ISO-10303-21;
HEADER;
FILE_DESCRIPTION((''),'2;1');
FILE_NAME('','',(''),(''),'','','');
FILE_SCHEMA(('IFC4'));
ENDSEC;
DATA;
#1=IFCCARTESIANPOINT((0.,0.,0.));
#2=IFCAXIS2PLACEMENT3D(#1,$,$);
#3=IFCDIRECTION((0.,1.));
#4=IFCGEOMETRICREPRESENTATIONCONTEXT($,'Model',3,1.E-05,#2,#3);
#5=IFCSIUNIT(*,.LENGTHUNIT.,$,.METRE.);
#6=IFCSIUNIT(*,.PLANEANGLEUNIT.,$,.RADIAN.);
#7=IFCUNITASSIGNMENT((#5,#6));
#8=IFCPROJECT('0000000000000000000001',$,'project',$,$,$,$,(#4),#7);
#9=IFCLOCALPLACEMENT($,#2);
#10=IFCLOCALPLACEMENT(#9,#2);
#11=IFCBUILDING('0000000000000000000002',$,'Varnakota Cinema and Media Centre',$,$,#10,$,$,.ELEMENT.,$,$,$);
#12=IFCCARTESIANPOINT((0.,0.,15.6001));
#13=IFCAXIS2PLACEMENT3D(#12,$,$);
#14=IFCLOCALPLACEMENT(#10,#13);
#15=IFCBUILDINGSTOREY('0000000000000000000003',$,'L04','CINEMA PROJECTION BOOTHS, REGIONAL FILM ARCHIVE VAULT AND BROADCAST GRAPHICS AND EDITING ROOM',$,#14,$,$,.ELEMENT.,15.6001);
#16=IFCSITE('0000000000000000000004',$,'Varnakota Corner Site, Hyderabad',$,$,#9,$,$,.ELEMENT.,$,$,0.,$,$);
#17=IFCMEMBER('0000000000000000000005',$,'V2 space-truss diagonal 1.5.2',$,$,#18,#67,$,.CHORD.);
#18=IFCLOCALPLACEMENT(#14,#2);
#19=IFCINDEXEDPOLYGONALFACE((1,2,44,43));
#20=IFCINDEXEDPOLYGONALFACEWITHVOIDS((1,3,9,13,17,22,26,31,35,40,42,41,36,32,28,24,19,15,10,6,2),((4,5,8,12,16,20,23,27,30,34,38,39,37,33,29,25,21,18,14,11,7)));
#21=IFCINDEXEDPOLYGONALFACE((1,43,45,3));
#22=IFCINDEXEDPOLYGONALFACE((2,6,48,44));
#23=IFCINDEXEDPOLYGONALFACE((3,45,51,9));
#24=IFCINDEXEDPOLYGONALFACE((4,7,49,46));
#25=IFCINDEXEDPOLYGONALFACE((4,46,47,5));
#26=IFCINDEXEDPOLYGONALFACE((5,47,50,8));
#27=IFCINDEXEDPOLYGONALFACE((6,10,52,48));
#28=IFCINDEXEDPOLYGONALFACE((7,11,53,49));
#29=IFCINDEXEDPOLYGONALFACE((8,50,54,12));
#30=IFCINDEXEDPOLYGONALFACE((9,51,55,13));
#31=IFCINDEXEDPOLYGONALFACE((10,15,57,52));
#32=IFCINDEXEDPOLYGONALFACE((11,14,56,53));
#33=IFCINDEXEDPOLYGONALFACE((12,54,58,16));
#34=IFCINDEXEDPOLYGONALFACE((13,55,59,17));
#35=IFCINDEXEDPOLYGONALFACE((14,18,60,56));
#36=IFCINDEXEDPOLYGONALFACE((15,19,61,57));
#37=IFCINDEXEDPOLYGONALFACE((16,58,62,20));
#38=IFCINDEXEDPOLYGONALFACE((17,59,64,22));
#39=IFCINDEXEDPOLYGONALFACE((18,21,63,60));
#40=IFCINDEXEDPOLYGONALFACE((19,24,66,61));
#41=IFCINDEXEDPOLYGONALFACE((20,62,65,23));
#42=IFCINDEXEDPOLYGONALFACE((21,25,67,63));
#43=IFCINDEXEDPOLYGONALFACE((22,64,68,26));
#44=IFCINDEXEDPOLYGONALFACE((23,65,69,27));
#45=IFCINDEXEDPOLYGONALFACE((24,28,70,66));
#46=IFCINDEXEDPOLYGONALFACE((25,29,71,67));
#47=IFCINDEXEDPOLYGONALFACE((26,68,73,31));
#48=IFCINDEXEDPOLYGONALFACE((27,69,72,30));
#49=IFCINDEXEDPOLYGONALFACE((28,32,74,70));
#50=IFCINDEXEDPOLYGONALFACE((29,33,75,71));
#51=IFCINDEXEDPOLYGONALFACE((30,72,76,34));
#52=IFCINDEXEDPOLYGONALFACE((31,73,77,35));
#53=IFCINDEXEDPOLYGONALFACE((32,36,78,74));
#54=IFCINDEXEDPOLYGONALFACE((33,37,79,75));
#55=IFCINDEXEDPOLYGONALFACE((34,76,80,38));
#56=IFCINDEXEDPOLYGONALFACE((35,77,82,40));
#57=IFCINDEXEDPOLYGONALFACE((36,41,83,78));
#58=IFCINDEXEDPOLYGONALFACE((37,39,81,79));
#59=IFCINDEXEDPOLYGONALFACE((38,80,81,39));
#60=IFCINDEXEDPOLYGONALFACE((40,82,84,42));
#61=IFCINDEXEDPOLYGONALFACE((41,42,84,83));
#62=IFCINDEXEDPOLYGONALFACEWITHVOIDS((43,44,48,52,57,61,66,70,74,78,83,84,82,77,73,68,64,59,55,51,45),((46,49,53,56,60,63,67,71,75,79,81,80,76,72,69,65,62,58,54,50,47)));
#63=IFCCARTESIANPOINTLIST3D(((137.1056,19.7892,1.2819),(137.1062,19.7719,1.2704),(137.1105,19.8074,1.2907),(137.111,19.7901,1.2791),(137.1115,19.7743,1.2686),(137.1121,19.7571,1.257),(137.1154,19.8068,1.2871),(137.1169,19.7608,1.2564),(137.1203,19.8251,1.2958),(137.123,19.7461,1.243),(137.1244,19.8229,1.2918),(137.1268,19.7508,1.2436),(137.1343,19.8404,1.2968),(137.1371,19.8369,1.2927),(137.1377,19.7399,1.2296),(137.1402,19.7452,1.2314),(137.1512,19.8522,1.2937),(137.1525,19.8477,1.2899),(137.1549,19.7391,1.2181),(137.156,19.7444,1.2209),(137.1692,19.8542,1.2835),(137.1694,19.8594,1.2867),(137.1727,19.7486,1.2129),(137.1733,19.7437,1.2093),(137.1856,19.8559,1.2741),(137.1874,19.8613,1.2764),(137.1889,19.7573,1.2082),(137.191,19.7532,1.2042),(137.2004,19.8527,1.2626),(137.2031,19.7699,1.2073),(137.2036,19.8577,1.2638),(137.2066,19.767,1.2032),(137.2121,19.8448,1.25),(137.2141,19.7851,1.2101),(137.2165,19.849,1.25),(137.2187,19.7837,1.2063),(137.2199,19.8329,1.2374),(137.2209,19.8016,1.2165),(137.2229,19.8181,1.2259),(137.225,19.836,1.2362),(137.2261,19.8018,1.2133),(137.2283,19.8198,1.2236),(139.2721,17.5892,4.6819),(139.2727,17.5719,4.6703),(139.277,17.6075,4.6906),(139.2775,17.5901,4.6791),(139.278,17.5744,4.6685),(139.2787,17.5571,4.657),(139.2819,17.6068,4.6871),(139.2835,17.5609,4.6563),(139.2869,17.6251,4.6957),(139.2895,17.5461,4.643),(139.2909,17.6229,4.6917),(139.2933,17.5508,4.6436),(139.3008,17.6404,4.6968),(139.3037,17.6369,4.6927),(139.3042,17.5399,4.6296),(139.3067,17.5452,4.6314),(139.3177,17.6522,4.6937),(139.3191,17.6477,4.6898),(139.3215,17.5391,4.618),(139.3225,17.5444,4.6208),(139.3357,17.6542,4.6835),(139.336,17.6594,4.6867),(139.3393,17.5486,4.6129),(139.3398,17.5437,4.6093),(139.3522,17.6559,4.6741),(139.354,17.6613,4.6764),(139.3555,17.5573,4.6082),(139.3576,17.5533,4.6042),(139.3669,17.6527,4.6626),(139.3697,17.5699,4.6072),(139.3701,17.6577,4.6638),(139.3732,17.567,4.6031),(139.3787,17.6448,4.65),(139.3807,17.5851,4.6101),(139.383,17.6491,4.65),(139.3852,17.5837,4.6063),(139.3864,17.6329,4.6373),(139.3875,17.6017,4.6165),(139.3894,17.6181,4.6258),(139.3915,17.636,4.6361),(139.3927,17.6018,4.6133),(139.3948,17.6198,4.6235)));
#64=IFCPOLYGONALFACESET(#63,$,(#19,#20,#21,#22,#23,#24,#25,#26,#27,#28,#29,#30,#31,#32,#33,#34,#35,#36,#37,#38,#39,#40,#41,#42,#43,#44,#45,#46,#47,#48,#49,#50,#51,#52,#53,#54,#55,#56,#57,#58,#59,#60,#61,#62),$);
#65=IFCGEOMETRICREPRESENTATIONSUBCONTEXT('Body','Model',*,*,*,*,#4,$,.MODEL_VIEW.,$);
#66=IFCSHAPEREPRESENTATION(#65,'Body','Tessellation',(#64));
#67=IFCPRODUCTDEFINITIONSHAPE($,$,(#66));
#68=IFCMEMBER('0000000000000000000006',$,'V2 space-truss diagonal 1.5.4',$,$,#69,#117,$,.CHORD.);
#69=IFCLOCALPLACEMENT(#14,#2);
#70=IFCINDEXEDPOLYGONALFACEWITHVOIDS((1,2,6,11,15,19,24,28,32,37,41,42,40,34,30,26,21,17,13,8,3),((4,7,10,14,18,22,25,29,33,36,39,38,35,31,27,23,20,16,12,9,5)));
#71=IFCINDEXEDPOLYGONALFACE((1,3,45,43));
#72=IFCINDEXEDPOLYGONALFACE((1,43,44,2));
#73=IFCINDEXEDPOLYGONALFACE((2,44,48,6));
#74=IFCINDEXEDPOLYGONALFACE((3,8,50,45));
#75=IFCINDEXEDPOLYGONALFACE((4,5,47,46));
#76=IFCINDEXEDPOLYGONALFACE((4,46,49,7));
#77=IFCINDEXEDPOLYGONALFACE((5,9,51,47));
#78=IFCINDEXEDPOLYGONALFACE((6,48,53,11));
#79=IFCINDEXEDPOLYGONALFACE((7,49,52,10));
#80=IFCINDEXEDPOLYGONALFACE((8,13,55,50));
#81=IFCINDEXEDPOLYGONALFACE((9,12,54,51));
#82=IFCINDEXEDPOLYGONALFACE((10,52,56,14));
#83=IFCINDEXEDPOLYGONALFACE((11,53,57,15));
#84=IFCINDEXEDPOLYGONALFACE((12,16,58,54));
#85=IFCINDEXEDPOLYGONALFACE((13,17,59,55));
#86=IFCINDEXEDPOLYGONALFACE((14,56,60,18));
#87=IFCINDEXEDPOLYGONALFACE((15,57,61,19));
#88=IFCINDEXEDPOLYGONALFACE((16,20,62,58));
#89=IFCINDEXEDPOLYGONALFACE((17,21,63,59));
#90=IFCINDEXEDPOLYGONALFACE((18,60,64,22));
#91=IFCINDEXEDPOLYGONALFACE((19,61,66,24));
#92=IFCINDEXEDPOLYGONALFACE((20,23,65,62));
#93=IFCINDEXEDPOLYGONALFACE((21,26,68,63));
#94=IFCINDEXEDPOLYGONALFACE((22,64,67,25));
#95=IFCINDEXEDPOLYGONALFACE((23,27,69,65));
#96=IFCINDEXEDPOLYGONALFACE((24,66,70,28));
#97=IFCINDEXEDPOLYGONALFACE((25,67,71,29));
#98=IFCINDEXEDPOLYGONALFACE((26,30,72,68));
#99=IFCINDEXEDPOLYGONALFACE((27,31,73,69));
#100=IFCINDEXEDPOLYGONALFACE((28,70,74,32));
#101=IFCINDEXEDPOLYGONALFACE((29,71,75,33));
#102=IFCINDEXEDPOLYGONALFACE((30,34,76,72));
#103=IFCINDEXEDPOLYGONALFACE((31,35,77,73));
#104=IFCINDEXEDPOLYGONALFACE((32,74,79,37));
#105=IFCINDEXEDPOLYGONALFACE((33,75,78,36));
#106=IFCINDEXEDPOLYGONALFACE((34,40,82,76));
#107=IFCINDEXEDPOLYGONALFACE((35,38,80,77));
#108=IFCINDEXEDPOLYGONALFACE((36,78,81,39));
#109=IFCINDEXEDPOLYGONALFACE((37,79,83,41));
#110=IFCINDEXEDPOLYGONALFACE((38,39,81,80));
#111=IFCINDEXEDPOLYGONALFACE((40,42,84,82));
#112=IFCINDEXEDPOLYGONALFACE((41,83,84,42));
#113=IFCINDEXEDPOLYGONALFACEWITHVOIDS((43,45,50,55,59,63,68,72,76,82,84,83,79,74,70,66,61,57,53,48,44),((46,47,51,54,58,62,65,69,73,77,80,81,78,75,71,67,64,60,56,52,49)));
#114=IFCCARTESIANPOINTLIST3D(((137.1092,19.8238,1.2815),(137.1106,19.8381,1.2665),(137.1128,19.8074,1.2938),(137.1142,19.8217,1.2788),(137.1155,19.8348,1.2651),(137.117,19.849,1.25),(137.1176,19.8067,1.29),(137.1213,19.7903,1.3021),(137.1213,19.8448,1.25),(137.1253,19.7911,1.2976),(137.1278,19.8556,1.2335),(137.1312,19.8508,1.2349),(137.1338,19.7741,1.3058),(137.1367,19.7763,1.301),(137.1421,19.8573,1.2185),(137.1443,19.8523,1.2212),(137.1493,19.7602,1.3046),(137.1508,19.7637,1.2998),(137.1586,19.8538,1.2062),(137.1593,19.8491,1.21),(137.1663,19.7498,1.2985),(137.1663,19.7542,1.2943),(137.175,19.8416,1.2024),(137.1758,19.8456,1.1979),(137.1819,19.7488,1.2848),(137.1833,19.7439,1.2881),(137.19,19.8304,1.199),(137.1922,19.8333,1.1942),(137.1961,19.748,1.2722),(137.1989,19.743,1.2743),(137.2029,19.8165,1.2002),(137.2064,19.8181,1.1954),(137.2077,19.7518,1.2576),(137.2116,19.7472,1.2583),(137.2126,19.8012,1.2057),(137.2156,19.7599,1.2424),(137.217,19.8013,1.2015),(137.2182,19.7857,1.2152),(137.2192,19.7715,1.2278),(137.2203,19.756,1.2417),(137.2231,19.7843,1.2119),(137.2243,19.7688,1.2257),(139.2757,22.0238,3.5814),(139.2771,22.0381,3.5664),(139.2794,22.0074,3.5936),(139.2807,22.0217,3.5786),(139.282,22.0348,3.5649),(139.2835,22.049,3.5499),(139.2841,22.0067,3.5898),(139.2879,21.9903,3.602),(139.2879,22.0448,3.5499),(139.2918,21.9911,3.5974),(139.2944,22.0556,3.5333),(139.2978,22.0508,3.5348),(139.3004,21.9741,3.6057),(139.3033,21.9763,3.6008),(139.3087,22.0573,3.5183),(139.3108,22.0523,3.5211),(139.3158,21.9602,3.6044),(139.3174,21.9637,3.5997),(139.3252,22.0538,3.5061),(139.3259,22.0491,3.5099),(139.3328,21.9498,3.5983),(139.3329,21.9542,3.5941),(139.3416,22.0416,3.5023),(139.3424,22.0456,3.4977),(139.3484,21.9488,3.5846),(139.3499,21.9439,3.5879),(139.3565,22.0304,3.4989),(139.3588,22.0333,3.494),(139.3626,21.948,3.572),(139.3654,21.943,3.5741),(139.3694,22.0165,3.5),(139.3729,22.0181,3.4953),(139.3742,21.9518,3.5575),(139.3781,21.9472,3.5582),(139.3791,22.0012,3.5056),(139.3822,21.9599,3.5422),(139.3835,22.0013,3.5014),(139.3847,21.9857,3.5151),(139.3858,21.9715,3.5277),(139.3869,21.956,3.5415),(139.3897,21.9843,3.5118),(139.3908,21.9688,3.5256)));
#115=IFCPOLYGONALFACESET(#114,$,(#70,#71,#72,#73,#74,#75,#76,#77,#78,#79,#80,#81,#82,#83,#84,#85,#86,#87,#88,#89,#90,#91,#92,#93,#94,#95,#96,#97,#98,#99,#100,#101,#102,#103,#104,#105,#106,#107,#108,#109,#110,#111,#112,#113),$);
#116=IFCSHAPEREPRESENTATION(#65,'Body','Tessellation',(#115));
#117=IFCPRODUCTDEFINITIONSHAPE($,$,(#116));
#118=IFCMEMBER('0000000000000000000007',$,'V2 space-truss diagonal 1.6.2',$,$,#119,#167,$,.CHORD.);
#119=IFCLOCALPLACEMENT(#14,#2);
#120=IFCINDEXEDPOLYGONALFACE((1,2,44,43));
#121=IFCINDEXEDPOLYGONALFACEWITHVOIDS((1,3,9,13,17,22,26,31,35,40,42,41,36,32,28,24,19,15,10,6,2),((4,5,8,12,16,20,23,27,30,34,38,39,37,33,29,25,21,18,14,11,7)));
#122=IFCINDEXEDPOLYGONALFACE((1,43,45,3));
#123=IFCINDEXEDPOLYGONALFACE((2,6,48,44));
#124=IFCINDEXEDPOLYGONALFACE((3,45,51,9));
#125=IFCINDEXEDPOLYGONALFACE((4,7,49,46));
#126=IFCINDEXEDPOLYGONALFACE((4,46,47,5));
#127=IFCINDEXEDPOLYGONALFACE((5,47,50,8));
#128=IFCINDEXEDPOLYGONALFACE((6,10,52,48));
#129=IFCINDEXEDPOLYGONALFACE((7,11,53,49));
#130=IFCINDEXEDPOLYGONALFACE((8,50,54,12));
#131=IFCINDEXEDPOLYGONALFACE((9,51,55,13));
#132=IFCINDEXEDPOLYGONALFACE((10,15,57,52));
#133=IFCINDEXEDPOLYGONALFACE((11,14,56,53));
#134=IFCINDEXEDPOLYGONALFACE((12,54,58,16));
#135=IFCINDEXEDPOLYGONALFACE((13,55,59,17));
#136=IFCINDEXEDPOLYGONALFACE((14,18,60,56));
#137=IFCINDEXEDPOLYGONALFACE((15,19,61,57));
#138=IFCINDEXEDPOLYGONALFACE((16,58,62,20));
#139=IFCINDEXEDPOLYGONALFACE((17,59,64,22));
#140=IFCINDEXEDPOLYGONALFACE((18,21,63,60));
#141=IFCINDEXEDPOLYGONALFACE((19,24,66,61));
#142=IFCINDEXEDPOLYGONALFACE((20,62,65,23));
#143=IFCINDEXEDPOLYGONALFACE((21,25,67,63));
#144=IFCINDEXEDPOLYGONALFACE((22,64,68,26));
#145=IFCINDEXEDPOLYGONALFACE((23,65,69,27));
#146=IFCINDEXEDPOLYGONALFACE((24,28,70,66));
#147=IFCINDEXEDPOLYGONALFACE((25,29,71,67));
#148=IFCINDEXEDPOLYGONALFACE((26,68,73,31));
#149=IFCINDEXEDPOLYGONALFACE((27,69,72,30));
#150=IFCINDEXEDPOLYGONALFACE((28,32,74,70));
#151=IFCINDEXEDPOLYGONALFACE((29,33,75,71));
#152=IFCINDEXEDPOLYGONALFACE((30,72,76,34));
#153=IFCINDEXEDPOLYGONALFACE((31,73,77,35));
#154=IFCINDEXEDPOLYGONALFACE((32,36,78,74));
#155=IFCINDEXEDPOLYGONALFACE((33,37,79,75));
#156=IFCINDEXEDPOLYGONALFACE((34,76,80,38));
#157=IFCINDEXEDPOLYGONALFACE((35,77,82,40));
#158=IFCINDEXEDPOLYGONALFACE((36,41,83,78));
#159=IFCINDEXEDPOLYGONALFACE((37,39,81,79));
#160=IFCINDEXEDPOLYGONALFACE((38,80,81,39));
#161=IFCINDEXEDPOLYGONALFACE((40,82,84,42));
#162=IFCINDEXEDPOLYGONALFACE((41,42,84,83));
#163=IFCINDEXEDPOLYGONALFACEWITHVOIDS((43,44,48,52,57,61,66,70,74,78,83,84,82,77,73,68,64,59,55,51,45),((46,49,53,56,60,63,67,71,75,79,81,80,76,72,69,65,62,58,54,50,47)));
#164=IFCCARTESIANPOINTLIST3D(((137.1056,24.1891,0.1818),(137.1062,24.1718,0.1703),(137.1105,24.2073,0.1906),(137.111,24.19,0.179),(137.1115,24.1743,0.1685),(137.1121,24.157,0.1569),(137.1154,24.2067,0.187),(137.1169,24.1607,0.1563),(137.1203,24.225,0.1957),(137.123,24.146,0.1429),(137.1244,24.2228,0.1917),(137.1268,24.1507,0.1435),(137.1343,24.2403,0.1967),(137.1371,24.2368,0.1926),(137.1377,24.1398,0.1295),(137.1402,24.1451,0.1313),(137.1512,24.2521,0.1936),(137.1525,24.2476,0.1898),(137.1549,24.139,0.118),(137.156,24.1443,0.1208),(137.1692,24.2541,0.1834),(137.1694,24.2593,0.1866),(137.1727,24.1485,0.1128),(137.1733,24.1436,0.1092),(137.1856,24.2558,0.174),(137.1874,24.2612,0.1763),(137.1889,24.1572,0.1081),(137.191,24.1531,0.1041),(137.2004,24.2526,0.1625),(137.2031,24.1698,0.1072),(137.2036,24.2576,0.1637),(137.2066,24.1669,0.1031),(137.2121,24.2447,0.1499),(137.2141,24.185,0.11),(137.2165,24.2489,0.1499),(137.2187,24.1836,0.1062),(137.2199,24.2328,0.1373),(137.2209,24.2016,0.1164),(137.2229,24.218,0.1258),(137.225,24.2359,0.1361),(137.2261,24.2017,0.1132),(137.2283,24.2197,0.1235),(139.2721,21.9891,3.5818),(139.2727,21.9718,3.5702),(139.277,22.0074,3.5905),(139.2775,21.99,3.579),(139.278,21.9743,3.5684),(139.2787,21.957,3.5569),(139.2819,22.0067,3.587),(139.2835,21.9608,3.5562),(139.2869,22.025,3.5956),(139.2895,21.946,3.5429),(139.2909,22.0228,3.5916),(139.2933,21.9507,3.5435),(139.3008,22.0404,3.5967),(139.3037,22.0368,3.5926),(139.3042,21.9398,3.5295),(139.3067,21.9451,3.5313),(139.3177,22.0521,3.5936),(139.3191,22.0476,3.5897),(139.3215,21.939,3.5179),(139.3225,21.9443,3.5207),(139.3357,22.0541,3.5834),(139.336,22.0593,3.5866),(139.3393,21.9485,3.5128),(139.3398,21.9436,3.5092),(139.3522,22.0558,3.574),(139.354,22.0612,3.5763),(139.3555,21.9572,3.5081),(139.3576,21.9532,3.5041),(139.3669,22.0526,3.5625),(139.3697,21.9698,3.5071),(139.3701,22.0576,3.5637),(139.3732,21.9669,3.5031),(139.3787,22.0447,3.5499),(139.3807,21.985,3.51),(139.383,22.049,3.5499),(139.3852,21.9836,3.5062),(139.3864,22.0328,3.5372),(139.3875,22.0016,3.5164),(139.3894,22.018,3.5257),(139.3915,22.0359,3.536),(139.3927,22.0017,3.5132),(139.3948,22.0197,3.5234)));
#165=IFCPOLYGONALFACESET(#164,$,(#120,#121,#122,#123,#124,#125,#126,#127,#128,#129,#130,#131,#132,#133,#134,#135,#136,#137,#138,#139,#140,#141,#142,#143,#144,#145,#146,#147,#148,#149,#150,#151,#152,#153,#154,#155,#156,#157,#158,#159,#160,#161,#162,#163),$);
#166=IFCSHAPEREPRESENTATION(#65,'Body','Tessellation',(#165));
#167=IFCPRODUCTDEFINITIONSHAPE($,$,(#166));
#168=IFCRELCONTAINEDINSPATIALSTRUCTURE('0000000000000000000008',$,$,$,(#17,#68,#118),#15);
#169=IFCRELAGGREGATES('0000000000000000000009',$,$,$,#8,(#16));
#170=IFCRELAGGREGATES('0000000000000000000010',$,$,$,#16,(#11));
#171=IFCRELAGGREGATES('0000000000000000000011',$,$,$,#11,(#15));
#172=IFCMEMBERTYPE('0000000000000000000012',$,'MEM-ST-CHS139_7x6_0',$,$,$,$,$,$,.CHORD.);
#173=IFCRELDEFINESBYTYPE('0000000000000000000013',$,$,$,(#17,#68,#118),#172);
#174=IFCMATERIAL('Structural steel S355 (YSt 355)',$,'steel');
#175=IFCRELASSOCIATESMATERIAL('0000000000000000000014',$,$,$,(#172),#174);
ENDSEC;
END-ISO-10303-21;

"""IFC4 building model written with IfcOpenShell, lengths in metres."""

from ifc_helpers import new_model, si_unit, direction, frame, origin, origin_2d, place, context, subcontext, project, spatial, hollow_circle, extrude, material, material_profile, profile_set, type_object, element, save


model = new_model("IFC4")

# Units and contexts
model_context = context("Model", 3, precision=1e-05, world=origin(), true_north=direction((0.0, 1.0)))
body_context = subcontext(model_context, "Body", "Model", "MODEL_VIEW")
ifc_project = project(units=[si_unit("LENGTHUNIT", "METRE"), si_unit("PLANEANGLEUNIT", "RADIAN")], contexts=[model_context])

# Site, building, storey
site_placement = place(None, origin())
site = spatial("IfcSite", under=ifc_project, at=site_placement, Name="Varnakota Corner Site, Hyderabad", CompositionType="ELEMENT", RefElevation=0.0)
building_placement = place(site_placement, origin())
building = spatial("IfcBuilding", under=site, at=building_placement, Name="Varnakota Cinema and Media Centre", CompositionType="ELEMENT")
storey_placement = place(building_placement, frame((0.0, 0.0, 15.6001)))
storey = spatial("IfcBuildingStorey", under=building, at=storey_placement, Name="L04", Description="CINEMA PROJECTION BOOTHS, REGIONAL FILM ARCHIVE VAULT AND BROADCAST GRAPHICS AND EDITING ROOM", CompositionType="ELEMENT", Elevation=15.6001)

# Members
ifc_material_1 = material(Name="Structural steel S355 (YSt 355)", Category="steel")
ifc_material_profile_1 = material_profile(ifc_material_1, hollow_circle(Radius=0.0698, WallThickness=0.0061, at=origin_2d()), Name="CHS 139.7x6.0")
ifc_profile_set_1 = profile_set([ifc_material_profile_1], Name="Structural steel S355 (YSt 355)")
member_type_1 = type_object("IfcMemberType", Name="MEM-ST-CHS139_7x6_0", PredefinedType="CHORD", material=ifc_profile_set_1)
member_1_placement = place(storey_placement, frame((137.1667, 19.8, 1.25), z_axis=(0.471728, -0.479011, 0.740285), x_axis=(0.712502, 0.70167, 0.0)))
element("IfcMember", 1, at=member_1_placement, inside=storey, type_object=member_type_1, Name="V2 space-truss diagonal 1.5.2", PredefinedType="CHORD", context=body_context, shape_type="SweptSolid", body=[
    extrude(hollow_circle(Radius=0.0698, WallThickness=0.0061, at=origin_2d()), origin(), (0.0, 0.0, 1.0), 4.5928),
])
member_2_placement = place(storey_placement, frame((137.1667, 19.8, 1.25), z_axis=(0.562726, 0.571413, 0.597349), x_axis=(-0.712502, 0.70167, 0.0)))
element("IfcMember", 2, at=member_2_placement, inside=storey, type_object=member_type_1, Name="V2 space-truss diagonal 1.5.4", PredefinedType="CHORD", context=body_context, shape_type="SweptSolid", body=[
    extrude(hollow_circle(Radius=0.0698, WallThickness=0.0061, at=origin_2d()), origin(), (0.0, 0.0, 1.0), 3.8501),
])
member_3_placement = place(storey_placement, frame((137.1667, 24.2, 0.1499), z_axis=(0.471728, -0.479011, 0.740285), x_axis=(0.712502, 0.70167, 0.0)))
element("IfcMember", 3, at=member_3_placement, inside=storey, type_object=member_type_1, Name="V2 space-truss diagonal 1.6.2", PredefinedType="CHORD", context=body_context, shape_type="SweptSolid", body=[
    extrude(hollow_circle(Radius=0.0698, WallThickness=0.0061, at=origin_2d()), origin(), (0.0, 0.0, 1.0), 4.5928),
])

save(model, "model.ifc")
